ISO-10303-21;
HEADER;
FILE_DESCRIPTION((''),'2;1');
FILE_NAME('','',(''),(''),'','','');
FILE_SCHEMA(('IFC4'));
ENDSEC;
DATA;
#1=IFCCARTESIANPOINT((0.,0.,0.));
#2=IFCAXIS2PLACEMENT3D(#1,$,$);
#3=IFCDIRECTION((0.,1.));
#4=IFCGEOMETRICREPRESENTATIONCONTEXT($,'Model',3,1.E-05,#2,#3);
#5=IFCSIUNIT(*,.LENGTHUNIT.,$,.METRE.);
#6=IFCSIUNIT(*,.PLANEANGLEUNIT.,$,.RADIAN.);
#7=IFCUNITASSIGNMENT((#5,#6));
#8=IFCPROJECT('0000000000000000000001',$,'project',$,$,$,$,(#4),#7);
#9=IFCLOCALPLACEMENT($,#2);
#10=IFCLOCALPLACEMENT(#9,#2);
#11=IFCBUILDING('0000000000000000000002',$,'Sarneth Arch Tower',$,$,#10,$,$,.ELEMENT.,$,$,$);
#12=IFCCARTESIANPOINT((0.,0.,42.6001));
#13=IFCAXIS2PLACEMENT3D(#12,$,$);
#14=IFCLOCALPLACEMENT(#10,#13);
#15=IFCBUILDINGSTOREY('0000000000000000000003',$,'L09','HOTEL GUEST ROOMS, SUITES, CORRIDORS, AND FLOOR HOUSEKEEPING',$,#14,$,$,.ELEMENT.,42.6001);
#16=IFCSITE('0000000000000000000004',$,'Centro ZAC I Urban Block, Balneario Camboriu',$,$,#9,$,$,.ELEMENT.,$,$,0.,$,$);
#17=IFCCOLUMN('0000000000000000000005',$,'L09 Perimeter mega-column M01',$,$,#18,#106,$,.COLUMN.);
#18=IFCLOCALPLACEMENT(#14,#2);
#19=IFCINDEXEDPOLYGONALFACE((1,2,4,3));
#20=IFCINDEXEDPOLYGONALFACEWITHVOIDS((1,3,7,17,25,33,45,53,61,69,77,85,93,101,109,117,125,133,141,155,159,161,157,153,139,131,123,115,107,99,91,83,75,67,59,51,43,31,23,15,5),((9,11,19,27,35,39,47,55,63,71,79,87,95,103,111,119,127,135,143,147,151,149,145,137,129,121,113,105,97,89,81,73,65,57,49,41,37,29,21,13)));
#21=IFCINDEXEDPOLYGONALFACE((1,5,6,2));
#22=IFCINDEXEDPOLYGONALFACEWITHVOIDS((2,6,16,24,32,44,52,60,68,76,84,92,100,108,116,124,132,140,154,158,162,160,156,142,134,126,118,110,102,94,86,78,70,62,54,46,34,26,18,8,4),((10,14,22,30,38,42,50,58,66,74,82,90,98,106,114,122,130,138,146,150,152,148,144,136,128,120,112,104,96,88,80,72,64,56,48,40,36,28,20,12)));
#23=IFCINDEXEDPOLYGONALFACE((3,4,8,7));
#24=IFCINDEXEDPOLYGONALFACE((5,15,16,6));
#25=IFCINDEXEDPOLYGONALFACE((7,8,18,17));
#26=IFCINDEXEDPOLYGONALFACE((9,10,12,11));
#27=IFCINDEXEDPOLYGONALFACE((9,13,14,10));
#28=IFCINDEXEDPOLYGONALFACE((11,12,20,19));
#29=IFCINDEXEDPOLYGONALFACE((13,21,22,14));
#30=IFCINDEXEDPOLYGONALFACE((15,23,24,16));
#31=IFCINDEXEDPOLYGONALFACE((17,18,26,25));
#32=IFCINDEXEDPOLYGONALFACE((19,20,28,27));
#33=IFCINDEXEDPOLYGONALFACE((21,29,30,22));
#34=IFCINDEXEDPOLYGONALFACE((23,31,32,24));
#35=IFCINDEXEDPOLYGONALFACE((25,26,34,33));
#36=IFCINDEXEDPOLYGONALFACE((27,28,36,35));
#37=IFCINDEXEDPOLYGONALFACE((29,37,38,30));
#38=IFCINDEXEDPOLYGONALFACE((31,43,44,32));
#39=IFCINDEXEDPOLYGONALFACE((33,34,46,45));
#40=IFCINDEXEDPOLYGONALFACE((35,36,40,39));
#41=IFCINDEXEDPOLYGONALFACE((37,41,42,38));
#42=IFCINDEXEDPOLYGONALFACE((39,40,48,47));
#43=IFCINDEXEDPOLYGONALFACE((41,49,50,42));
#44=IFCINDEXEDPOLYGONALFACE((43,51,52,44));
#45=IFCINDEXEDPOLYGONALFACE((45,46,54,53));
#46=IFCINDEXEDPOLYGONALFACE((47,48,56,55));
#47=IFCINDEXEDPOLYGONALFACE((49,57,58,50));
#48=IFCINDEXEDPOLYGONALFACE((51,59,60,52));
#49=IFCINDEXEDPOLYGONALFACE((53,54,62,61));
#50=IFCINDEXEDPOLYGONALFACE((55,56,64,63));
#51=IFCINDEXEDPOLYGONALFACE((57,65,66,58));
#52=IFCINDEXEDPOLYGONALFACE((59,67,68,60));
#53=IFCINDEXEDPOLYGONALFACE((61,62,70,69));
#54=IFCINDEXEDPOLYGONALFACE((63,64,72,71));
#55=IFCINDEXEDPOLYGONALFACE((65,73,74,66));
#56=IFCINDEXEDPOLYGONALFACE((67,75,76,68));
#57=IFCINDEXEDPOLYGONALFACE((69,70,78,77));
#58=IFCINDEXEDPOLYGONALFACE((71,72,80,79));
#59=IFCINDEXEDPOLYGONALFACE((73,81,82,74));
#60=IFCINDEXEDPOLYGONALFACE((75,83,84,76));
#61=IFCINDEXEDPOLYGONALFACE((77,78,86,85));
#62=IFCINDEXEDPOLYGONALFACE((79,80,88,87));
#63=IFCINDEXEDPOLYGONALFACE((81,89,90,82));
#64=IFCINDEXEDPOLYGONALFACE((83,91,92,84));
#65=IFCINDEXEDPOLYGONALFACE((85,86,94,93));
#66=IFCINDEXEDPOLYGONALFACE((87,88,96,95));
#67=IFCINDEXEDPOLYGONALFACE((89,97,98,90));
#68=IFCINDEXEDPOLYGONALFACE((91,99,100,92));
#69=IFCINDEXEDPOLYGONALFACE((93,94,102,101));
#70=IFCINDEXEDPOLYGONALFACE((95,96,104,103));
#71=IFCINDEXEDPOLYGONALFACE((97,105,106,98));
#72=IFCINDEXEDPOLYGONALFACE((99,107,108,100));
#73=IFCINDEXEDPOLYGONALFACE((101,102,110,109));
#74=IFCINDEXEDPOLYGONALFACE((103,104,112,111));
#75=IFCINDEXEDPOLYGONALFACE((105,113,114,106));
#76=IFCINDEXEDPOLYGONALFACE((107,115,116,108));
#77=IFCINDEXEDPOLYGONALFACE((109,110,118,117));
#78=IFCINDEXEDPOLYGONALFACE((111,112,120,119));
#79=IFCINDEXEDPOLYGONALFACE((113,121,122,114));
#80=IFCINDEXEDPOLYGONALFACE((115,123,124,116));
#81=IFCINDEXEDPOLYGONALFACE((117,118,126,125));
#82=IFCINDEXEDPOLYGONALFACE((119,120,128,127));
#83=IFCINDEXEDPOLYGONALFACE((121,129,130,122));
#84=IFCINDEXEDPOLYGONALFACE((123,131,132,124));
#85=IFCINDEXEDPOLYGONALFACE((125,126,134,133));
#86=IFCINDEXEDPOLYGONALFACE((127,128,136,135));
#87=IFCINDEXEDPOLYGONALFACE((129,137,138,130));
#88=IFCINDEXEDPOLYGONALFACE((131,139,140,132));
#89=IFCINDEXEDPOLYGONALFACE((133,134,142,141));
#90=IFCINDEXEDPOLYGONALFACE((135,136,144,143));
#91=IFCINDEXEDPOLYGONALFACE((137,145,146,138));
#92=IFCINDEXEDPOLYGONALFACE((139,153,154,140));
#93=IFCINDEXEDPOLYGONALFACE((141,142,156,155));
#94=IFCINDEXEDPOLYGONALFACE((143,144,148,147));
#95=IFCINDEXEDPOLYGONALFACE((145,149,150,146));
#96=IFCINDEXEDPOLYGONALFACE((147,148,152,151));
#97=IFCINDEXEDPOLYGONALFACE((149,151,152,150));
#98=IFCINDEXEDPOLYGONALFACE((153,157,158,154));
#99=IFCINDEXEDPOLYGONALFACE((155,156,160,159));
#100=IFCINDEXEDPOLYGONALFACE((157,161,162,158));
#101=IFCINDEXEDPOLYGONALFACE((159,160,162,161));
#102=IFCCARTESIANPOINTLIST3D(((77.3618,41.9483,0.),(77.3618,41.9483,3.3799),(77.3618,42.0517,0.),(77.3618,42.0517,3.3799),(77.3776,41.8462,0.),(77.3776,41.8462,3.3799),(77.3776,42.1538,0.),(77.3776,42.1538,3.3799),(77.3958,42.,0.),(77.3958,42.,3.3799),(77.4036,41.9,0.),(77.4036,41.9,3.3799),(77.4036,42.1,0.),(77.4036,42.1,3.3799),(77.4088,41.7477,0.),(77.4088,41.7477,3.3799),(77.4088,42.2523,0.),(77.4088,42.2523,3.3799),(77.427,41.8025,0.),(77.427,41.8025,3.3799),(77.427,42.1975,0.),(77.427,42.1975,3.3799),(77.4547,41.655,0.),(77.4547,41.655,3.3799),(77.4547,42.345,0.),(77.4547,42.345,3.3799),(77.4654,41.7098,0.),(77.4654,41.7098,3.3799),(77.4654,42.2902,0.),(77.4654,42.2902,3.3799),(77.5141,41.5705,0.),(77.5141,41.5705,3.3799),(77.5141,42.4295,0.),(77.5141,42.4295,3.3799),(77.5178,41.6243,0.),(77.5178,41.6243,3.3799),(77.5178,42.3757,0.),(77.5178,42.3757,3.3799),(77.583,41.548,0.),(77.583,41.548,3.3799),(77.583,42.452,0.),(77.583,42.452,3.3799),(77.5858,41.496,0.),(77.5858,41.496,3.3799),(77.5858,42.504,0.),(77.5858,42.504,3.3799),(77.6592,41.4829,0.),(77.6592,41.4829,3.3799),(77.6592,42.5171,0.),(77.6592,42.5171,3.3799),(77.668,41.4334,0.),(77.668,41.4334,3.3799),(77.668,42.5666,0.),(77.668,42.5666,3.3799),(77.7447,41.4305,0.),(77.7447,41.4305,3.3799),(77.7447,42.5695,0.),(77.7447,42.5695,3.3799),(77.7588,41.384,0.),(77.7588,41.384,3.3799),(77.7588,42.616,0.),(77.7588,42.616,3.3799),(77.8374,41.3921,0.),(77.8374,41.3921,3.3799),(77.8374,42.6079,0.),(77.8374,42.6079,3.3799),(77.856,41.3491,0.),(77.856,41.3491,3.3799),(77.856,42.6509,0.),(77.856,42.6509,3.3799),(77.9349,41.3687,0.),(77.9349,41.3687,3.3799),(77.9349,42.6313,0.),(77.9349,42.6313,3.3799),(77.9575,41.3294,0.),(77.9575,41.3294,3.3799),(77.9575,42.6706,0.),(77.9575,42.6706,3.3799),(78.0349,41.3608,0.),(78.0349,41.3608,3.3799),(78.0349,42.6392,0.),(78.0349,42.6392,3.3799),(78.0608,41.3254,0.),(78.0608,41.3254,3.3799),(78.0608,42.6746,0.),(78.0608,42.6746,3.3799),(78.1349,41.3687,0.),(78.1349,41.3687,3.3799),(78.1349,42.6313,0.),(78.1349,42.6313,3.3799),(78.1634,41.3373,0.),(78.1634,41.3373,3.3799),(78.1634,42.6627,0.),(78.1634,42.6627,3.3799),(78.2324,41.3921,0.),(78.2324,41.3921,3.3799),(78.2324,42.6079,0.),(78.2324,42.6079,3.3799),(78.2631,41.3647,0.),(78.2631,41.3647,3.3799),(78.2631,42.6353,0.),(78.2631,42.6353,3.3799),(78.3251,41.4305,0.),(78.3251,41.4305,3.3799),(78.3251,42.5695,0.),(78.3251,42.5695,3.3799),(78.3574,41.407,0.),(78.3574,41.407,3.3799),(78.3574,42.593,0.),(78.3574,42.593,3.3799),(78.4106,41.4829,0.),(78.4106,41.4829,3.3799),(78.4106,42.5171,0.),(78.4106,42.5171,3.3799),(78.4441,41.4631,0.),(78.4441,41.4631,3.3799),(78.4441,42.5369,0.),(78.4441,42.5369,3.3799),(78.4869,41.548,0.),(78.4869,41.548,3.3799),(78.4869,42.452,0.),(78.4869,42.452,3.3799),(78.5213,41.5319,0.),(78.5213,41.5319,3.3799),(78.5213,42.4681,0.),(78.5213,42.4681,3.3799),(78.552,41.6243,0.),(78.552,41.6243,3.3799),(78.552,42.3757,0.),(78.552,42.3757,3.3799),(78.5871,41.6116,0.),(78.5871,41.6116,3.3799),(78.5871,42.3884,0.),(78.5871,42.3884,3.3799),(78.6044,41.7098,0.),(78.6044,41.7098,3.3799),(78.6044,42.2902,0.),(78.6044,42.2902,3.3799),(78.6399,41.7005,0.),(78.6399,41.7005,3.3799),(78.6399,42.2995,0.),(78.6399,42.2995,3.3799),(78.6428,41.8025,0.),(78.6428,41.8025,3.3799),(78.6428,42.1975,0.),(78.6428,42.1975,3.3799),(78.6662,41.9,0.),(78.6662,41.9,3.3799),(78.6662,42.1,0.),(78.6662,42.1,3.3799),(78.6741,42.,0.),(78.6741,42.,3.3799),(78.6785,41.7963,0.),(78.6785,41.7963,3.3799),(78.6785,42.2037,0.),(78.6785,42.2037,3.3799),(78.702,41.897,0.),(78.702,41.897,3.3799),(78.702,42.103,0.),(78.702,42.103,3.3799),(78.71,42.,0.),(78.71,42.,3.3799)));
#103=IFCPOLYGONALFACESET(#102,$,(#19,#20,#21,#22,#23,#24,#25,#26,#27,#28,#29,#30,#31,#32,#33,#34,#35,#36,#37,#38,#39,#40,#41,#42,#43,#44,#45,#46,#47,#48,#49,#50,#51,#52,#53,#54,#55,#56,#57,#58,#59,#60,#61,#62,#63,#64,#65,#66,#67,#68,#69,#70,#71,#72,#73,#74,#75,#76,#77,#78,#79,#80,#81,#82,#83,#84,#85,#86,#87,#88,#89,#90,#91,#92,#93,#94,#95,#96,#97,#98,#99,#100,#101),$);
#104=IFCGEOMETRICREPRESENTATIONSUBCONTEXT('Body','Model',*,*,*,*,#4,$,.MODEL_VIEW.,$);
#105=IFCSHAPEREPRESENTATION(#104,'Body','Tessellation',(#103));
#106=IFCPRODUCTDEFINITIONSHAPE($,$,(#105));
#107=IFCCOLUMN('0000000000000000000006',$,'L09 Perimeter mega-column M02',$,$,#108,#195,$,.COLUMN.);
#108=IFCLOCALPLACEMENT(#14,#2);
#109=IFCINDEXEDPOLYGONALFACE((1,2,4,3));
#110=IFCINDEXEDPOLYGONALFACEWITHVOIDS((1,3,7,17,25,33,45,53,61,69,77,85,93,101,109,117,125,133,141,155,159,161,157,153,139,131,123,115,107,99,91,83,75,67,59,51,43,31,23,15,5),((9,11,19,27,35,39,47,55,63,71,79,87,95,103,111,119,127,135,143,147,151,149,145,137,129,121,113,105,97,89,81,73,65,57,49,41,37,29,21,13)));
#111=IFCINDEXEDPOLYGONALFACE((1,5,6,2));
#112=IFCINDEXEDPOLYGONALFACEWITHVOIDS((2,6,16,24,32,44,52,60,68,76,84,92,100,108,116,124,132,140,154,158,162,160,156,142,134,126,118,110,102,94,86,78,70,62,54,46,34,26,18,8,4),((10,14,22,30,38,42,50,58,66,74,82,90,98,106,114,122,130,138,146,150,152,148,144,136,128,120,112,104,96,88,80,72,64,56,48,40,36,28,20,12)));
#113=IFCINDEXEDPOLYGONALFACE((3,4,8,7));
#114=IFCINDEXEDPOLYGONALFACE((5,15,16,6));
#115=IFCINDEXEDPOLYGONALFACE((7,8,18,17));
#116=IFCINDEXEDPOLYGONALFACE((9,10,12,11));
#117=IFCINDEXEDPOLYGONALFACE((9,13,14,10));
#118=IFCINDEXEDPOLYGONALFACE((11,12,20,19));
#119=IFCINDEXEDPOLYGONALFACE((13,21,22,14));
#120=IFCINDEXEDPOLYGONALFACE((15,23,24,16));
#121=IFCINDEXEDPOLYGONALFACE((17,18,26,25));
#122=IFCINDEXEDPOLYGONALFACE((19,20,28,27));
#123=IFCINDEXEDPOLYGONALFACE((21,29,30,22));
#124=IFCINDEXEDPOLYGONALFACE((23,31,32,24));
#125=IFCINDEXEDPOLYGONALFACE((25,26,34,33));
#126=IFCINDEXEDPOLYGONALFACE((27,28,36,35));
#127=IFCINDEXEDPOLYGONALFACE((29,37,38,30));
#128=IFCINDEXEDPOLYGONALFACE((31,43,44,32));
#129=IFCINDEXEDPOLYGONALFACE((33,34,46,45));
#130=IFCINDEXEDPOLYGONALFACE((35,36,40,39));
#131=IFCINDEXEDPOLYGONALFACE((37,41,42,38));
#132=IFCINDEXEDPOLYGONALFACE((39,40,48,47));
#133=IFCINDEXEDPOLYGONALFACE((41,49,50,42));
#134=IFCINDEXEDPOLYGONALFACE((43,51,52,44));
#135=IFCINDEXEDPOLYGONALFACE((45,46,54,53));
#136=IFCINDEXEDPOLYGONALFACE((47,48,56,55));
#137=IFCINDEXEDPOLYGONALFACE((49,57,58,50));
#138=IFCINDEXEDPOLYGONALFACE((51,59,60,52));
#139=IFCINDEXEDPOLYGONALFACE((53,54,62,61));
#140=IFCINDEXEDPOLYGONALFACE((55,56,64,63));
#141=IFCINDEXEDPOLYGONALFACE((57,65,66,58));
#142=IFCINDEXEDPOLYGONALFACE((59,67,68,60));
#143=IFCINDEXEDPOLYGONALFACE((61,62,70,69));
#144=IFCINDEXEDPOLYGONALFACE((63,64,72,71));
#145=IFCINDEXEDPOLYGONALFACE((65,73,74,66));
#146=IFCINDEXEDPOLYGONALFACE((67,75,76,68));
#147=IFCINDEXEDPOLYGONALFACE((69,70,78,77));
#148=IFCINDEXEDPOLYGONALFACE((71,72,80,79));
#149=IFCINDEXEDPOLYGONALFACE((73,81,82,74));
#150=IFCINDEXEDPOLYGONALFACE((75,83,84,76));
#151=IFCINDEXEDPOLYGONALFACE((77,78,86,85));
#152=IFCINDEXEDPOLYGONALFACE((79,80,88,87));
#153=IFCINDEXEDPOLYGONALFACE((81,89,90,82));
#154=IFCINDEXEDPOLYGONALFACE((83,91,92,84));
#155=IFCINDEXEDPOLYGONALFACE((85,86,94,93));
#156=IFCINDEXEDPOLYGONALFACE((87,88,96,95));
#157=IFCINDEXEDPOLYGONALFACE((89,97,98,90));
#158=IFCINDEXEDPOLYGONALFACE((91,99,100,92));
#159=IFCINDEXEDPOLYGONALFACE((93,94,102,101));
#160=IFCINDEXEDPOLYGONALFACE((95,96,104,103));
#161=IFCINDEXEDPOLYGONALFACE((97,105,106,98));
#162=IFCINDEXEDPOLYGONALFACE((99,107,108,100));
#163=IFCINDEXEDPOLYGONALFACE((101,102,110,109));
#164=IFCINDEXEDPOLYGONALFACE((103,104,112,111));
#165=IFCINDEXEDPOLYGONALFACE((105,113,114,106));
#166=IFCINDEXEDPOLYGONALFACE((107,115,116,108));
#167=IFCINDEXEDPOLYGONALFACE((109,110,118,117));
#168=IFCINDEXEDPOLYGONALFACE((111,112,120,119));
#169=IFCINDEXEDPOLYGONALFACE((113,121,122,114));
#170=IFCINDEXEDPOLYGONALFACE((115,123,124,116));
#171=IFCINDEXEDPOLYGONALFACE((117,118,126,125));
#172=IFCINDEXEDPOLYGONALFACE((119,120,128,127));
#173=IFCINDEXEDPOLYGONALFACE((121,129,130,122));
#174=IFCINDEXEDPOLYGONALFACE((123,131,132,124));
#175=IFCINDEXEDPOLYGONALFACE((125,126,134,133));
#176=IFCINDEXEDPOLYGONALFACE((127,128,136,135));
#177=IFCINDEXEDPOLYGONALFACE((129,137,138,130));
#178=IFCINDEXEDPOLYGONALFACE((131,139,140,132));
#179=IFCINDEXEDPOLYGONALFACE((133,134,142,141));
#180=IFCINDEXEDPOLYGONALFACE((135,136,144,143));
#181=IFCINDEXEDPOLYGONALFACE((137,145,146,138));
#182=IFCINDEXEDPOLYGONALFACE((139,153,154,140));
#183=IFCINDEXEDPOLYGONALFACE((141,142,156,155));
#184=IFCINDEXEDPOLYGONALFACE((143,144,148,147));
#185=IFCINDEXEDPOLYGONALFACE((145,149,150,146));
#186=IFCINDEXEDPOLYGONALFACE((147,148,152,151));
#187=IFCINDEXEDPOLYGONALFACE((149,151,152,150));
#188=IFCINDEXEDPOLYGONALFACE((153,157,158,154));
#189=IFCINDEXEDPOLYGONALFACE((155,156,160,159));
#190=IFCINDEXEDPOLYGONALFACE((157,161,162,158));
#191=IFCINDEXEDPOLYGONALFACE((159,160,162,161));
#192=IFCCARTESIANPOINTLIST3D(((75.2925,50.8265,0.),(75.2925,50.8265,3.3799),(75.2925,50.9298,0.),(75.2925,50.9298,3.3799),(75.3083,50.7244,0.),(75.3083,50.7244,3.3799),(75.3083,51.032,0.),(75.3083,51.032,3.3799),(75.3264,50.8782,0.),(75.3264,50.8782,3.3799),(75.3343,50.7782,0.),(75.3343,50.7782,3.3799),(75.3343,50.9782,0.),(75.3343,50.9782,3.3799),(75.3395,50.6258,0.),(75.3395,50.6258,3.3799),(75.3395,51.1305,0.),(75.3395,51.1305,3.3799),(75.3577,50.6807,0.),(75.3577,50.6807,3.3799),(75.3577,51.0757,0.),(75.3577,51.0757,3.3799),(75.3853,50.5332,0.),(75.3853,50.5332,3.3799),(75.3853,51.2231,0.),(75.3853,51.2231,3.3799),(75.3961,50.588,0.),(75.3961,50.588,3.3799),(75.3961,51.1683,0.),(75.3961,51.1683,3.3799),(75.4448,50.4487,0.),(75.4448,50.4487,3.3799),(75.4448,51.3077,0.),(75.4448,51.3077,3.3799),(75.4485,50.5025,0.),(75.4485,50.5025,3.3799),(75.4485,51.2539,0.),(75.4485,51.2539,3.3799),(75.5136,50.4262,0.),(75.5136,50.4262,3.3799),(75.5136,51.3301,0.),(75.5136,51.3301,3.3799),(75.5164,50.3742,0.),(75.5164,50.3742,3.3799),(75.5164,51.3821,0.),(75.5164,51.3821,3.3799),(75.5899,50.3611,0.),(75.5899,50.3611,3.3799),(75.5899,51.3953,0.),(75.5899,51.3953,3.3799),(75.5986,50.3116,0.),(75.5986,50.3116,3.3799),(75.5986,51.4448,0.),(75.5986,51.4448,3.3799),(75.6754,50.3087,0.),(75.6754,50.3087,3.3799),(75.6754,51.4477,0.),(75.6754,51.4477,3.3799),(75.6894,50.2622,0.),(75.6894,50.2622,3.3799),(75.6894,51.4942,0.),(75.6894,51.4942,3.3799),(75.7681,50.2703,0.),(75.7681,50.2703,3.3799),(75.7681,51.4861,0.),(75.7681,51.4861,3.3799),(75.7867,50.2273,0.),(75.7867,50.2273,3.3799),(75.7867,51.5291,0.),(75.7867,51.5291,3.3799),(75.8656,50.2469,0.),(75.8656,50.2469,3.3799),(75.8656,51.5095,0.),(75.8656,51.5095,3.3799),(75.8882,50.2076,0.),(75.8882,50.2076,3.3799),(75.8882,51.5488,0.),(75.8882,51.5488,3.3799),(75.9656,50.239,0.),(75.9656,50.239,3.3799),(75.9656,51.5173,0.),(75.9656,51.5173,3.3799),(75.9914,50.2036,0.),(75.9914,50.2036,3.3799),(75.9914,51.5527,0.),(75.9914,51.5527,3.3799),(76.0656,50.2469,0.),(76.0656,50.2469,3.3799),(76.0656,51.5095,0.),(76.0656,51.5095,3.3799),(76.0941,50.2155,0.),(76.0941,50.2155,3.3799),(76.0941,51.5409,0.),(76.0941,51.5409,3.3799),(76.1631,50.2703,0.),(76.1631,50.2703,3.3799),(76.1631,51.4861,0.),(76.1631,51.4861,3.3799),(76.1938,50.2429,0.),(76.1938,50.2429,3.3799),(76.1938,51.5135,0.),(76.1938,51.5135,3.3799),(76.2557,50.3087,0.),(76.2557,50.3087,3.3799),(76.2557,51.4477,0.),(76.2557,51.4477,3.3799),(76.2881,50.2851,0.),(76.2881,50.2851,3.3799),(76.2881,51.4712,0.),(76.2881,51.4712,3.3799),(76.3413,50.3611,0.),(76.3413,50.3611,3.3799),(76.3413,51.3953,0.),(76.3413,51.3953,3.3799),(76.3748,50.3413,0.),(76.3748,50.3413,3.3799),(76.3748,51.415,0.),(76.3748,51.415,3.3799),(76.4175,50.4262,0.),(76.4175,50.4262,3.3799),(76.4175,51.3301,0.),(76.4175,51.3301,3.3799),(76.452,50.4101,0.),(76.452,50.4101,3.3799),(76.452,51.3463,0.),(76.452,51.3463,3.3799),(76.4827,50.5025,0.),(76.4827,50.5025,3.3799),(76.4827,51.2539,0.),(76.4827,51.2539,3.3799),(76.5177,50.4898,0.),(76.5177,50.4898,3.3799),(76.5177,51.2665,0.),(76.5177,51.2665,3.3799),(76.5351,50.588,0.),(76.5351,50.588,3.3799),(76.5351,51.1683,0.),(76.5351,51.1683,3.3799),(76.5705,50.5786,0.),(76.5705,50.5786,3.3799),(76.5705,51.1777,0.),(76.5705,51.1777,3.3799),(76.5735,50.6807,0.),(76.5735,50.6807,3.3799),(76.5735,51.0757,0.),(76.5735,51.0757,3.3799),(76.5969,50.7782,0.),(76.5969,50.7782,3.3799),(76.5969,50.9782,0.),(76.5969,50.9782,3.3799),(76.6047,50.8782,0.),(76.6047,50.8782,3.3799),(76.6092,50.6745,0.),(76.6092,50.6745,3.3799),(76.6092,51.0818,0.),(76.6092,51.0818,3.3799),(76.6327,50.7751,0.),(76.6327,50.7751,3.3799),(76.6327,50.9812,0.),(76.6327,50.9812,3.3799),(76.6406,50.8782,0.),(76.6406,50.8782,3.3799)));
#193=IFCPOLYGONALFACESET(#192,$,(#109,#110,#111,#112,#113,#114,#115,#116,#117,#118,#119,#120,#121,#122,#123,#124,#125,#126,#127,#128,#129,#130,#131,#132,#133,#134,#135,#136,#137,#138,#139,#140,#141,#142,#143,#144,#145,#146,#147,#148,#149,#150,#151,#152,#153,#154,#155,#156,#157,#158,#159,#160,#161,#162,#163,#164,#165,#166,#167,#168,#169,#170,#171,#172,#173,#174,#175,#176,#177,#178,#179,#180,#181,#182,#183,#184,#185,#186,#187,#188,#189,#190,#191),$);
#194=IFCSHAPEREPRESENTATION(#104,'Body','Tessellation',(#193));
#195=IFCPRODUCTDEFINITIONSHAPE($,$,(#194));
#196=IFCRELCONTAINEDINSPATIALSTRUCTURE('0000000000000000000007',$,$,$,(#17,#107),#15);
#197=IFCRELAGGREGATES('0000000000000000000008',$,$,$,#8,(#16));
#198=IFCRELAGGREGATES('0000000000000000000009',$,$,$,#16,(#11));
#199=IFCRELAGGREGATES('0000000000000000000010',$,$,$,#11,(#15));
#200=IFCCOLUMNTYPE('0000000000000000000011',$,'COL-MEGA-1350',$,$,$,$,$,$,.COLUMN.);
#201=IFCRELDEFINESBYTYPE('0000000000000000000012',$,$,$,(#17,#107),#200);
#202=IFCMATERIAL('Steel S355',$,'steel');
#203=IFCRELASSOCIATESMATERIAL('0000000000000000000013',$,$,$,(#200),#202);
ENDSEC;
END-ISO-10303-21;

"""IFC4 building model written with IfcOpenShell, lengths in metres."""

from ifc_helpers import new_model, si_unit, direction, frame, origin, origin_2d, place, context, subcontext, project, spatial, hollow_circle, extrude, material, material_profile, profile_set, type_object, element, save


model = new_model("IFC4")

# Units and contexts
model_context = context("Model", 3, precision=1e-05, world=origin(), true_north=direction((0.0, 1.0)))
body_context = subcontext(model_context, "Body", "Model", "MODEL_VIEW")
ifc_project = project(units=[si_unit("LENGTHUNIT", "METRE"), si_unit("PLANEANGLEUNIT", "RADIAN")], contexts=[model_context])

# Site, building, storey
site_placement = place(None, origin())
site = spatial("IfcSite", under=ifc_project, at=site_placement, Name="Centro ZAC I Urban Block, Balneario Camboriu", CompositionType="ELEMENT", RefElevation=0.0)
building_placement = place(site_placement, origin())
building = spatial("IfcBuilding", under=site, at=building_placement, Name="Sarneth Arch Tower", CompositionType="ELEMENT")
storey_placement = place(building_placement, frame((0.0, 0.0, 42.6001)))
storey = spatial("IfcBuildingStorey", under=building, at=storey_placement, Name="L09", Description="HOTEL GUEST ROOMS, SUITES, CORRIDORS, AND FLOOR HOUSEKEEPING", CompositionType="ELEMENT", Elevation=42.6001)

# Columns
ifc_material_1 = material(Name="Steel S355", Category="steel")
ifc_material_profile_1 = material_profile(ifc_material_1, hollow_circle(Radius=0.675, WallThickness=0.0359, at=origin_2d()), Name="CHS1350x36")
ifc_profile_set_1 = profile_set([ifc_material_profile_1], Name="Steel S355")
column_type = type_object("IfcColumnType", Name="COL-MEGA-1350", PredefinedType="COLUMN", material=ifc_profile_set_1)
for number, where, z_axis, x_axis, name in (
    (1, (78.0349, 42.0, 0.0), (0.0, 0.0, 1.0), (1.0, 0.0, 0.0), "L09 Perimeter mega-column M01"),
    (2, (75.9656, 50.8782, 0.0), (0.0, 0.0, 1.0), (1.0, 0.0, 0.0), "L09 Perimeter mega-column M02"),
):
    element("IfcColumn", number, at=place(storey_placement, frame(where, z_axis=z_axis, x_axis=x_axis)), inside=storey, type_object=column_type, Name=name, PredefinedType="COLUMN", context=body_context, shape_type="SweptSolid", body=[
        extrude(hollow_circle(Radius=0.675, WallThickness=0.0359, at=origin_2d()), origin(), (0.0, 0.0, 1.0), 3.3799),
    ])

save(model, "model.ifc")
